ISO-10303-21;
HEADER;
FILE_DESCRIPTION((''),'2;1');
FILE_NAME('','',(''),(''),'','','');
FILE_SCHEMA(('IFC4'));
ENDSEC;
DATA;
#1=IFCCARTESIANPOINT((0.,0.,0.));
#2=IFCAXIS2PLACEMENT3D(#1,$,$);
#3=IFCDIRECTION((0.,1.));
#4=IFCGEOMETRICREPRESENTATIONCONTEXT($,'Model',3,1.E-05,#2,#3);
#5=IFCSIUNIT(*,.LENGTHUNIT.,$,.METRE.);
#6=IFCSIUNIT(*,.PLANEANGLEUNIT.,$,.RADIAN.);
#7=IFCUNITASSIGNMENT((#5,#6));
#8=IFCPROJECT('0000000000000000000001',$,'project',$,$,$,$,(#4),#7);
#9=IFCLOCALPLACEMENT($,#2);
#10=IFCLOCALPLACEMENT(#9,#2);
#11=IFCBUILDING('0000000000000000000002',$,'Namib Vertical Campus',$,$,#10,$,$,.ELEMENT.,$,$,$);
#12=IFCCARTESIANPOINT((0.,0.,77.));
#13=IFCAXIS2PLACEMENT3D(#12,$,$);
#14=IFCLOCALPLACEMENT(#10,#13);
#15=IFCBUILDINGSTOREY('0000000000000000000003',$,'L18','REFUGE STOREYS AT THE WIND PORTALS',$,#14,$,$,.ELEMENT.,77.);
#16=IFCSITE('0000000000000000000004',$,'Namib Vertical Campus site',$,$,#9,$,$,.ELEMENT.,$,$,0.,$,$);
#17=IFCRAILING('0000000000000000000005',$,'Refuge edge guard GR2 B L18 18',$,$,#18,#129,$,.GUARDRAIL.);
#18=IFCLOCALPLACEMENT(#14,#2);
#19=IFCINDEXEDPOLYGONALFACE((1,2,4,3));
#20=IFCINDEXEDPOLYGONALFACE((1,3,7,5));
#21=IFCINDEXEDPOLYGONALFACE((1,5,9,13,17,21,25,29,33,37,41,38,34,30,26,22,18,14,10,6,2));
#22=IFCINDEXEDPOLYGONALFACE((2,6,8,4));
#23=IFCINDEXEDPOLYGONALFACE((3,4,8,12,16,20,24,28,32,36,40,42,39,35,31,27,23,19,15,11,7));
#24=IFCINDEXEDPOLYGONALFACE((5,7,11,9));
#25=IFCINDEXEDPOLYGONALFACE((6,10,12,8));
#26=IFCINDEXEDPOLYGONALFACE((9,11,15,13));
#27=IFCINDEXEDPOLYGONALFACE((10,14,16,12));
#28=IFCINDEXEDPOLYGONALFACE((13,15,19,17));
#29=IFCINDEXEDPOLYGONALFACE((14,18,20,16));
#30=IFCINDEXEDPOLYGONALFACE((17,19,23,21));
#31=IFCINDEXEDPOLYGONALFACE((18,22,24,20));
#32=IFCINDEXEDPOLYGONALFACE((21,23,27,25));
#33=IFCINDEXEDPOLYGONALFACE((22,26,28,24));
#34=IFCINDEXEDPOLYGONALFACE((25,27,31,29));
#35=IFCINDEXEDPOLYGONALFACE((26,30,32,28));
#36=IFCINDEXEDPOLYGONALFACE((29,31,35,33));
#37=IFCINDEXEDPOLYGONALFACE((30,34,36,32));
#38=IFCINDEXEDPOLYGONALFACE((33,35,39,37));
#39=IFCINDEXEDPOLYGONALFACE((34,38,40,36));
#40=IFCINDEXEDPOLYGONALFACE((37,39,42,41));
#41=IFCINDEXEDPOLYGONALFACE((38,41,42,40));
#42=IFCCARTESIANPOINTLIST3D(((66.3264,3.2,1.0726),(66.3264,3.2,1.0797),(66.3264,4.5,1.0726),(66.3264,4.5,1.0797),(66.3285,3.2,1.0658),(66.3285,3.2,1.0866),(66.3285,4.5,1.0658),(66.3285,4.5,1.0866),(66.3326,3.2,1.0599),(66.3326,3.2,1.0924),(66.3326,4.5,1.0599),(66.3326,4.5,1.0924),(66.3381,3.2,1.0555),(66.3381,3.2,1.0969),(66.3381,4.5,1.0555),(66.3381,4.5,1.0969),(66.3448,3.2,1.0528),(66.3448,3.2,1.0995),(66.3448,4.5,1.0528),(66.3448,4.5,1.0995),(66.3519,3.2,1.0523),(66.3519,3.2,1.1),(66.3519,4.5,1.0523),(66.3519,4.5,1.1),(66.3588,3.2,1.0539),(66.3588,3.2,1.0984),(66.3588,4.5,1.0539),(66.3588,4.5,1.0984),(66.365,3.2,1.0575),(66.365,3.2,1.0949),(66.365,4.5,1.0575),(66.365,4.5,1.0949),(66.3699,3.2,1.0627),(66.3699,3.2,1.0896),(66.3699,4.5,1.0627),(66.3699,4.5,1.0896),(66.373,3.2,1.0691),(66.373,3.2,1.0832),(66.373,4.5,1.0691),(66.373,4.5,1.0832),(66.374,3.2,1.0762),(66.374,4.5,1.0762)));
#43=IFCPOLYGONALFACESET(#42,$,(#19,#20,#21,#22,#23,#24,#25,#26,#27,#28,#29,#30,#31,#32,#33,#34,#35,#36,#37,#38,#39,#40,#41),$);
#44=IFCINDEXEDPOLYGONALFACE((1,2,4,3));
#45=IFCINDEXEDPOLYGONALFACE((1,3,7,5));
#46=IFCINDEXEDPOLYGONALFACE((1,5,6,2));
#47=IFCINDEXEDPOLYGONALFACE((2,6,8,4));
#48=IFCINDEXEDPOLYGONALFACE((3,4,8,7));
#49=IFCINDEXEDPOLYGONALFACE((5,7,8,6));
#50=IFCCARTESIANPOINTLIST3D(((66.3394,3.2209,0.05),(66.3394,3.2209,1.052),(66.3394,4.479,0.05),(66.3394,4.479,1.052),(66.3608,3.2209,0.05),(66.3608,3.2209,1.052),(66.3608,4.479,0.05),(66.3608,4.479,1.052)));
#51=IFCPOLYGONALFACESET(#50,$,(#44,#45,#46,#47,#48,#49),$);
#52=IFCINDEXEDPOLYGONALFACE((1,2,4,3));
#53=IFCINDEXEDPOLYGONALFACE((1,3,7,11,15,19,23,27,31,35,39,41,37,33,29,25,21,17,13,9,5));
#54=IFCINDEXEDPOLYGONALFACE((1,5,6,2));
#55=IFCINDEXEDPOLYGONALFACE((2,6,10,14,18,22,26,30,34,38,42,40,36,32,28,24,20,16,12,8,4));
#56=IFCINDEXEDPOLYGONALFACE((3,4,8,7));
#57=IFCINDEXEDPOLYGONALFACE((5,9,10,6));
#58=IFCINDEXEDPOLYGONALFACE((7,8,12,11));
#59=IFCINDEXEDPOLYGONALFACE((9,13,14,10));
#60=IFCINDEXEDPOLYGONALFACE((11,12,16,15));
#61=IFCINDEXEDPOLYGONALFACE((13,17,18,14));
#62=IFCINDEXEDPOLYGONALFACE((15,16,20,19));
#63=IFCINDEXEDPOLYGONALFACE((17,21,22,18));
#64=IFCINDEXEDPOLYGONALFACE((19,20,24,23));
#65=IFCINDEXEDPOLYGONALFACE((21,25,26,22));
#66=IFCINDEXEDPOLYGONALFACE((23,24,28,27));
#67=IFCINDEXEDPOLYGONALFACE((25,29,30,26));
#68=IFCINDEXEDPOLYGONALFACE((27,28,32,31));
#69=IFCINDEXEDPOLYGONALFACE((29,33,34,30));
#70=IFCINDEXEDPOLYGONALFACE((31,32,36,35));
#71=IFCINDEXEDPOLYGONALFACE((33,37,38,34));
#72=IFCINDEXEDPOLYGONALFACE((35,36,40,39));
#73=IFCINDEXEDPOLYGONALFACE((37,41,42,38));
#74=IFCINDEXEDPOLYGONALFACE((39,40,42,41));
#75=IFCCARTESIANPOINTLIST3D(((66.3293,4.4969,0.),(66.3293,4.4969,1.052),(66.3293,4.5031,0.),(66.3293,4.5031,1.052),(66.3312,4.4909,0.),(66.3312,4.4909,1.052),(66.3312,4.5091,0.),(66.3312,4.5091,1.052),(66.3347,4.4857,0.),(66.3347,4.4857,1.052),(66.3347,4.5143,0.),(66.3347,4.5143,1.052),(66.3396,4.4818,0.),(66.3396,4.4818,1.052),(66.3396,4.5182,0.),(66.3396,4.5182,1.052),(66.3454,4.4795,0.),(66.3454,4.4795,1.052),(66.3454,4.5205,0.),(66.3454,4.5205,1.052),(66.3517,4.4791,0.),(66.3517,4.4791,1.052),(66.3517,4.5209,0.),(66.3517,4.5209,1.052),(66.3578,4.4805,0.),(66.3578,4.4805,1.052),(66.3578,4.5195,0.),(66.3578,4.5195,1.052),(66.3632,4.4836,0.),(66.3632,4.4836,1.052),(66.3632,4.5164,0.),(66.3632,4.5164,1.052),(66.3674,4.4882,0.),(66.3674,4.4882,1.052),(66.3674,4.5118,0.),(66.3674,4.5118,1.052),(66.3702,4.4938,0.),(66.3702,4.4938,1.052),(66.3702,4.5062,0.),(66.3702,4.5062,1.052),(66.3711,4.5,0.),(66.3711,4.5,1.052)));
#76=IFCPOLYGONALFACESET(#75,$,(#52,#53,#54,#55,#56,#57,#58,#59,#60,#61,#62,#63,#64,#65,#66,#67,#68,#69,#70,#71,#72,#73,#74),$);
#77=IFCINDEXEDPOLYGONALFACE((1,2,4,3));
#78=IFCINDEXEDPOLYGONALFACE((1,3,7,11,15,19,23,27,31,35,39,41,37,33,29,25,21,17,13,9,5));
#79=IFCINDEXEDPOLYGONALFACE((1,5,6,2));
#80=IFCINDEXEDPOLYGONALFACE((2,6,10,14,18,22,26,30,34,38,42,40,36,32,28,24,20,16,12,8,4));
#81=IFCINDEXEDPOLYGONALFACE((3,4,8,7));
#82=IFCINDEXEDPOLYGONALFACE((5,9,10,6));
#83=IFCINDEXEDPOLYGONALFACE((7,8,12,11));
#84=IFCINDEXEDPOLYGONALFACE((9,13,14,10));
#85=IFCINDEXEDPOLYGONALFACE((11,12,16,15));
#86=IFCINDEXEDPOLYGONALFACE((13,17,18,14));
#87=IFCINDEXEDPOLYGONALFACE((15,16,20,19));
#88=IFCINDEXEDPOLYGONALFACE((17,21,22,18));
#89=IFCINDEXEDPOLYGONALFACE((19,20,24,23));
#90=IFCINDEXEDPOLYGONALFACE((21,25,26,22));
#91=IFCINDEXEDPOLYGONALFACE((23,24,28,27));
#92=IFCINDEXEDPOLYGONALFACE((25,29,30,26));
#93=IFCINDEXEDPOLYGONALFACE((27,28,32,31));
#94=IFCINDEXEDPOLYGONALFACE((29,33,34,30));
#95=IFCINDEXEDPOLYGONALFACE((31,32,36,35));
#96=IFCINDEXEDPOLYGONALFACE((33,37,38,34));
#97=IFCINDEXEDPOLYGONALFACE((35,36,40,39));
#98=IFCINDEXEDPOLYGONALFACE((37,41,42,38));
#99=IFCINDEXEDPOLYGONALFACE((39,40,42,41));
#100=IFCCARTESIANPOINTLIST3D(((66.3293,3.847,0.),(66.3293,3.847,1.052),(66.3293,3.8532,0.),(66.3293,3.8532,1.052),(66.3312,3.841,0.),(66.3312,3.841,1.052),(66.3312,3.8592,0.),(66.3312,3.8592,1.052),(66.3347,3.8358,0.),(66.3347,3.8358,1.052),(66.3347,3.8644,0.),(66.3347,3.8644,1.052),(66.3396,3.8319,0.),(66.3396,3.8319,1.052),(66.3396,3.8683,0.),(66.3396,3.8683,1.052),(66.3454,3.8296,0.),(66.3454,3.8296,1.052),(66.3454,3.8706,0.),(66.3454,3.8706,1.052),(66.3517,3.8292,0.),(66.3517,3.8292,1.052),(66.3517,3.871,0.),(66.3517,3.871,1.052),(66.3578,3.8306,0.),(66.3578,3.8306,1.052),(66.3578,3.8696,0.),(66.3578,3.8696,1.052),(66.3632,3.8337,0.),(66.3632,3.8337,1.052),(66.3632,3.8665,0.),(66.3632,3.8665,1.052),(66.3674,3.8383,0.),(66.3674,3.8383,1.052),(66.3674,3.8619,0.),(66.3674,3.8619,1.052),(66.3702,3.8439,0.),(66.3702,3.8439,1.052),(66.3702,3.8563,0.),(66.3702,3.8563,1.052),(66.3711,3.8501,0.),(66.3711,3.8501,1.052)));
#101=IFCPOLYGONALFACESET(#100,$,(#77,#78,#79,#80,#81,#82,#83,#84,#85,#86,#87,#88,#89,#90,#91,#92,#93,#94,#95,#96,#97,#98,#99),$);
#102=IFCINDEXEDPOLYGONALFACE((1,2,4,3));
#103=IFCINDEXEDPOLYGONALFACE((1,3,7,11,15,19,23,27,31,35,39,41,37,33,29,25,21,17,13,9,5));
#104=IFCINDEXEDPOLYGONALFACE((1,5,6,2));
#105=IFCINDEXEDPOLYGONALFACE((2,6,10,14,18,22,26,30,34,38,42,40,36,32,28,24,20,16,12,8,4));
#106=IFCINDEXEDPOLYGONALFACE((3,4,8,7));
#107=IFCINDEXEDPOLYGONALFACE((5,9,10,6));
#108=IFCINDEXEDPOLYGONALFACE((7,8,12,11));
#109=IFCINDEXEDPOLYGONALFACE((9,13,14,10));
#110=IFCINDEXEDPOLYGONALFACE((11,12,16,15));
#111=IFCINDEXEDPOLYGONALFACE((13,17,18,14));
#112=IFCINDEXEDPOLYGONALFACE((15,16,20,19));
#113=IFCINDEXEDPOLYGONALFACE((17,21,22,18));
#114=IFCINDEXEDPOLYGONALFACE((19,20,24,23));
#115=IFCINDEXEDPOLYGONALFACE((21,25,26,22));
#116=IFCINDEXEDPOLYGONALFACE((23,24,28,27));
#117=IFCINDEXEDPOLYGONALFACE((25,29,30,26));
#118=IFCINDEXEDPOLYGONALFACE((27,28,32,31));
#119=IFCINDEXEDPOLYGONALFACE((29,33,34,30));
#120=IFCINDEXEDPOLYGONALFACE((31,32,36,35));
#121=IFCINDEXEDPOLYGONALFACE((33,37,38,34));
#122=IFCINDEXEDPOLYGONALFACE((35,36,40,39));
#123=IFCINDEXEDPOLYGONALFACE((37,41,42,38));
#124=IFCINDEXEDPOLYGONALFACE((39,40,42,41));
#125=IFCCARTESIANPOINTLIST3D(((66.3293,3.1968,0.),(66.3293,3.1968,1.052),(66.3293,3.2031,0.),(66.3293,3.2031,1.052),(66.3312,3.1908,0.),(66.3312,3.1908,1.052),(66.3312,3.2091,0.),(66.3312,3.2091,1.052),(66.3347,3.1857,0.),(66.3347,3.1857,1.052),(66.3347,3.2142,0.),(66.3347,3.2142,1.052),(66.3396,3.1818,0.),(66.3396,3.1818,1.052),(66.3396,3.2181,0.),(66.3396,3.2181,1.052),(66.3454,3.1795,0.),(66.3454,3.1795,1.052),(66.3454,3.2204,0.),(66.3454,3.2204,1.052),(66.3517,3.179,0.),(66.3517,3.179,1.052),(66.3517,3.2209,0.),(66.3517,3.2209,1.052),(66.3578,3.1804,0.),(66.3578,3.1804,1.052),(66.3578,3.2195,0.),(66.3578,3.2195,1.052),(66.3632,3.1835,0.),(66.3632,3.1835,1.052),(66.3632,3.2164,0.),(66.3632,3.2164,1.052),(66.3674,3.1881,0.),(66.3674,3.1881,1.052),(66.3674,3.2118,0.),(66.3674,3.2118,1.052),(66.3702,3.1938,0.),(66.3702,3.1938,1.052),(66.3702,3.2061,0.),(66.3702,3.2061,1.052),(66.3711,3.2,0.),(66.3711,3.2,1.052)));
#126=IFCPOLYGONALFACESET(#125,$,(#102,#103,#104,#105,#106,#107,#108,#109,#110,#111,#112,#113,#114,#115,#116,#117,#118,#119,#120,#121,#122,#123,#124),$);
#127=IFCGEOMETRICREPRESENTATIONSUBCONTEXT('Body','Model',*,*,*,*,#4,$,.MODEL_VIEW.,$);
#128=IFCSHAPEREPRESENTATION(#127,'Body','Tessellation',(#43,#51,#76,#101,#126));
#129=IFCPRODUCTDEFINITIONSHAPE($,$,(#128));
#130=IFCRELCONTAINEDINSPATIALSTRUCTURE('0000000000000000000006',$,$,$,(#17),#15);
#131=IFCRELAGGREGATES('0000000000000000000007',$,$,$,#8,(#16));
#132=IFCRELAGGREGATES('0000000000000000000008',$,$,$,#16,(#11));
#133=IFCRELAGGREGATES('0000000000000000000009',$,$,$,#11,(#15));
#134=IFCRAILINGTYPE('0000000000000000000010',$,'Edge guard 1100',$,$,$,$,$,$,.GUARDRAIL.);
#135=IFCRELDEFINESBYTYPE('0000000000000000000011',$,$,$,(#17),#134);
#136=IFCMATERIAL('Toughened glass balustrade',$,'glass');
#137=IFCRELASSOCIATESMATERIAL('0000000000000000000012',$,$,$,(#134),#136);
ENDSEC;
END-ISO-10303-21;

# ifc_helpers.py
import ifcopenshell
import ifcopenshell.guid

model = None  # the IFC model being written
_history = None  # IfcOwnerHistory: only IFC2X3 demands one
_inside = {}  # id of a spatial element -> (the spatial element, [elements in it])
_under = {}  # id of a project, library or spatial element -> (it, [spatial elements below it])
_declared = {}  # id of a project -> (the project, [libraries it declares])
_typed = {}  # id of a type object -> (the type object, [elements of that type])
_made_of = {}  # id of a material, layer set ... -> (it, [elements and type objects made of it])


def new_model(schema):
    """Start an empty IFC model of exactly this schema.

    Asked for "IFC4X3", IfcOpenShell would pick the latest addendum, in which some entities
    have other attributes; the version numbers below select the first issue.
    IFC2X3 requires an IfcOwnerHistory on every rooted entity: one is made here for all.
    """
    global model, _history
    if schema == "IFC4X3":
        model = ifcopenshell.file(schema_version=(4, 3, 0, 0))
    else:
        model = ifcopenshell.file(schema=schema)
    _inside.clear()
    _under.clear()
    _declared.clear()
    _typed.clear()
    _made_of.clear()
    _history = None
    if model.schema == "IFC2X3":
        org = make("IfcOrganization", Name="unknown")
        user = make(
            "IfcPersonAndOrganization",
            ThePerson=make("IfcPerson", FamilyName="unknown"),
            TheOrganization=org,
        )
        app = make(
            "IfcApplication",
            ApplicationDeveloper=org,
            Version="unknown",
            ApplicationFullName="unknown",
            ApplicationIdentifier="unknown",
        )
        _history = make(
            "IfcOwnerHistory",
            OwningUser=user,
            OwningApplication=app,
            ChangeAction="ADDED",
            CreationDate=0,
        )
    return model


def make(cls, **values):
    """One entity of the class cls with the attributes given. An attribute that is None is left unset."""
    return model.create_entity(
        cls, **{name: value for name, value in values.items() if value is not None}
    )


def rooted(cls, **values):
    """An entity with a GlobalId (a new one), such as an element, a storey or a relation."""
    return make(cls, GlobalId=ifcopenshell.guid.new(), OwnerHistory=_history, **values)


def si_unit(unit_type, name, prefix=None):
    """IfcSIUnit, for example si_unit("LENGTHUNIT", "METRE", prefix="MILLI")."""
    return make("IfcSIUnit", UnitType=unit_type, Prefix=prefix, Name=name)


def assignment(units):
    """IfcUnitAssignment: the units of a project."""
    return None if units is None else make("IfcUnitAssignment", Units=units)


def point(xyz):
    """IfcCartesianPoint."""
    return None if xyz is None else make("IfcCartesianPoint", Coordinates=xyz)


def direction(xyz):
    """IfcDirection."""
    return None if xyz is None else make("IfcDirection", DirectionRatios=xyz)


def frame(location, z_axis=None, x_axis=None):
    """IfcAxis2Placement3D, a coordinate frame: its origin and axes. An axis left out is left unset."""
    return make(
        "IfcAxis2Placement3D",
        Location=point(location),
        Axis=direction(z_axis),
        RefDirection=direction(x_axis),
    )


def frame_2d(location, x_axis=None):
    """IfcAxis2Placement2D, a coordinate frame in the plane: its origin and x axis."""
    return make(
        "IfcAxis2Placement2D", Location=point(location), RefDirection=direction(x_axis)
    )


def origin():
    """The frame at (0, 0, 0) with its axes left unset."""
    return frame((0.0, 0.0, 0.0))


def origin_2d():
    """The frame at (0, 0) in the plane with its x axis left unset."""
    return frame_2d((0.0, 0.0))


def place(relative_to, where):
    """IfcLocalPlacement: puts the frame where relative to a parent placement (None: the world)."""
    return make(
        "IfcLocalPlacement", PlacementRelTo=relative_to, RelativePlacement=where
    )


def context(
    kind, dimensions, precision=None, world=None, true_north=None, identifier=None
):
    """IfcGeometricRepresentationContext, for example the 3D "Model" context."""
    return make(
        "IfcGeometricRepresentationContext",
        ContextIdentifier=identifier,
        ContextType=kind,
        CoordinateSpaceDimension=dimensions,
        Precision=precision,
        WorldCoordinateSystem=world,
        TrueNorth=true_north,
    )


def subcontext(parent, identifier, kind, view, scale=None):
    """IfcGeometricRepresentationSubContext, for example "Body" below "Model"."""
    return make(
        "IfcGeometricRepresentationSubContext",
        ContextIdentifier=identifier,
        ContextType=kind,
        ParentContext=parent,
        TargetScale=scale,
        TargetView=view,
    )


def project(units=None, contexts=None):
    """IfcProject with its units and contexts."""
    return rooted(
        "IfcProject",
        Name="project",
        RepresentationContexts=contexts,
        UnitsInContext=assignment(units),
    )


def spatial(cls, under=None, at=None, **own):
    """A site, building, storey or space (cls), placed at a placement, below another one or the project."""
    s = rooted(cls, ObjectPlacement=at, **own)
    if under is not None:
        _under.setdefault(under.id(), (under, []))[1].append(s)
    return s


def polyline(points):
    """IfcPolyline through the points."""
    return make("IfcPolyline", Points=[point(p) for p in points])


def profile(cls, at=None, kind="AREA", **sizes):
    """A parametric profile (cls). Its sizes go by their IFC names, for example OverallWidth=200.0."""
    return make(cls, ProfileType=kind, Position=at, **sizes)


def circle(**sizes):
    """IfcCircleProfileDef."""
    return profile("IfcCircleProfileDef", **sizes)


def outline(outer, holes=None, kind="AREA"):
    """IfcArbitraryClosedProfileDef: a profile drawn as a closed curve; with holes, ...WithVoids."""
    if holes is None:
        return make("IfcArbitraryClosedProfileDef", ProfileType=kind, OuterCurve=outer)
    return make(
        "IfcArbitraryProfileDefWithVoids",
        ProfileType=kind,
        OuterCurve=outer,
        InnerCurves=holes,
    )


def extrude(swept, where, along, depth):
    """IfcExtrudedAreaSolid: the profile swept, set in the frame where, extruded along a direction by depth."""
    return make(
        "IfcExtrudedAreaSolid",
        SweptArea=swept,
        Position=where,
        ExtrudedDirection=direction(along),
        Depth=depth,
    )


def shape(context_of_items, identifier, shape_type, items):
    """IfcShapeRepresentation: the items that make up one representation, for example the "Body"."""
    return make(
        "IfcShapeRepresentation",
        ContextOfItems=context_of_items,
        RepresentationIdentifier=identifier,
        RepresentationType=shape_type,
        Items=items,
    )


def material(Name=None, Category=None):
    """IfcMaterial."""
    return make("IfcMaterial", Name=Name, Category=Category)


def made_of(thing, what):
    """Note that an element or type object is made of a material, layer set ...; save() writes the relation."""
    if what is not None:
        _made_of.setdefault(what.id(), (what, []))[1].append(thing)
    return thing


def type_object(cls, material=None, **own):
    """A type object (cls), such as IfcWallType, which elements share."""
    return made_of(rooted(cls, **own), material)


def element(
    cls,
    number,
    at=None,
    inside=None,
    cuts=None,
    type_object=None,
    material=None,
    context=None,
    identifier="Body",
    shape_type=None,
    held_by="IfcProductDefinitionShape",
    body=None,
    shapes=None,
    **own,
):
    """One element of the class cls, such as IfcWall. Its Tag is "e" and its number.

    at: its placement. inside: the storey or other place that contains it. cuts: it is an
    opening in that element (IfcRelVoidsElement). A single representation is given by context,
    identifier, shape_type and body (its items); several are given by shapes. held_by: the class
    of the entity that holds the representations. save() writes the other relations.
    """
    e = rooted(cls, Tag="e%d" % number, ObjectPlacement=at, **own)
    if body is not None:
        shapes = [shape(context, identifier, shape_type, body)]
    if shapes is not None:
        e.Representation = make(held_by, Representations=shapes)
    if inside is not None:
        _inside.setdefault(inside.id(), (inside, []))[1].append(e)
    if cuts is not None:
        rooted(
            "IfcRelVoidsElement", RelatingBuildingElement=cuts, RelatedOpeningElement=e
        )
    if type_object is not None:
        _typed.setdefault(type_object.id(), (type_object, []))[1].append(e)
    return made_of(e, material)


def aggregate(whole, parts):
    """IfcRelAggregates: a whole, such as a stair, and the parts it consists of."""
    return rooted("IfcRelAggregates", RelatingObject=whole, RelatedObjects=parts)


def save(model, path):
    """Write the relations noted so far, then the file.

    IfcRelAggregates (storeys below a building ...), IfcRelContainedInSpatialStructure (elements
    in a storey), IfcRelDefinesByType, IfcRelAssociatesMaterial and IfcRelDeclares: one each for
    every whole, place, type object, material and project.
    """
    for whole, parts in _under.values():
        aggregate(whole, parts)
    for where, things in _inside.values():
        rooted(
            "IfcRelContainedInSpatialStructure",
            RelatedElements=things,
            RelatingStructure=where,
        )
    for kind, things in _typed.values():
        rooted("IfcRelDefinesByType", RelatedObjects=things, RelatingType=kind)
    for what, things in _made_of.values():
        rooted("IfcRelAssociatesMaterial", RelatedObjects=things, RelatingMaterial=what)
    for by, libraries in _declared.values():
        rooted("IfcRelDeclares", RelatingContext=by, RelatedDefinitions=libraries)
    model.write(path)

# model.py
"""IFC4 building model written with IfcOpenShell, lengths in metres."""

from ifc_helpers import new_model, si_unit, direction, frame, origin, origin_2d, place, context, subcontext, project, spatial, polyline, circle, outline, extrude, material, type_object, element, save


model = new_model("IFC4")

# Units and contexts
model_context = context("Model", 3, precision=1e-05, world=origin(), true_north=direction((0.0, 1.0)))
body_context = subcontext(model_context, "Body", "Model", "MODEL_VIEW")
ifc_project = project(units=[si_unit("LENGTHUNIT", "METRE"), si_unit("PLANEANGLEUNIT", "RADIAN")], contexts=[model_context])

# Site, building, storey
site_placement = place(None, origin())
site = spatial("IfcSite", under=ifc_project, at=site_placement, Name="Namib Vertical Campus site", CompositionType="ELEMENT", RefElevation=0.0)
building_placement = place(site_placement, origin())
building = spatial("IfcBuilding", under=site, at=building_placement, Name="Namib Vertical Campus", CompositionType="ELEMENT")
storey_placement = place(building_placement, frame((0.0, 0.0, 77.0)))
storey = spatial("IfcBuildingStorey", under=building, at=storey_placement, Name="L18", Description="REFUGE STOREYS AT THE WIND PORTALS", CompositionType="ELEMENT", Elevation=77.0)

# Railing
ifc_material_1 = material(Name="Toughened glass balustrade", Category="glass")
railing_type = type_object("IfcRailingType", Name="Edge guard 1100", PredefinedType="GUARDRAIL", material=ifc_material_1)
railing_1_placement = place(storey_placement, frame((66.3501, 4.5, 0.0)))
element("IfcRailing", 1, at=railing_1_placement, inside=storey, type_object=railing_type, Name="Refuge edge guard GR2 B L18 18", PredefinedType="GUARDRAIL", context=body_context, shape_type="SweptSolid", body=[
    extrude(circle(Radius=0.0239, at=origin_2d()), frame((0.0, 0.0, 1.0762), z_axis=(0.0, -1.0, 0.0), x_axis=(1.0, 0.0, 0.0)), (0.0, 0.0, 1.0), 1.3),
    extrude(outline(polyline([(0.021, 0.05), (1.2791, 0.05), (1.2791, 1.052), (0.021, 1.052), (0.021, 0.05)])), frame((0.0107, 0.0, 0.0), z_axis=(-1.0, 0.0, 0.0), x_axis=(0.0, -1.0, 0.0)), (0.0, 0.0, 1.0), 0.0215),
    extrude(circle(Radius=0.021, at=origin_2d()), origin(), (0.0, 0.0, 1.0), 1.052),
    extrude(circle(Radius=0.021, at=origin_2d()), frame((0.0, -0.6499, 0.0)), (0.0, 0.0, 1.0), 1.052),
    extrude(circle(Radius=0.021, at=origin_2d()), frame((0.0, -1.3, 0.0)), (0.0, 0.0, 1.0), 1.052),
])

save(model, "model.ifc")
